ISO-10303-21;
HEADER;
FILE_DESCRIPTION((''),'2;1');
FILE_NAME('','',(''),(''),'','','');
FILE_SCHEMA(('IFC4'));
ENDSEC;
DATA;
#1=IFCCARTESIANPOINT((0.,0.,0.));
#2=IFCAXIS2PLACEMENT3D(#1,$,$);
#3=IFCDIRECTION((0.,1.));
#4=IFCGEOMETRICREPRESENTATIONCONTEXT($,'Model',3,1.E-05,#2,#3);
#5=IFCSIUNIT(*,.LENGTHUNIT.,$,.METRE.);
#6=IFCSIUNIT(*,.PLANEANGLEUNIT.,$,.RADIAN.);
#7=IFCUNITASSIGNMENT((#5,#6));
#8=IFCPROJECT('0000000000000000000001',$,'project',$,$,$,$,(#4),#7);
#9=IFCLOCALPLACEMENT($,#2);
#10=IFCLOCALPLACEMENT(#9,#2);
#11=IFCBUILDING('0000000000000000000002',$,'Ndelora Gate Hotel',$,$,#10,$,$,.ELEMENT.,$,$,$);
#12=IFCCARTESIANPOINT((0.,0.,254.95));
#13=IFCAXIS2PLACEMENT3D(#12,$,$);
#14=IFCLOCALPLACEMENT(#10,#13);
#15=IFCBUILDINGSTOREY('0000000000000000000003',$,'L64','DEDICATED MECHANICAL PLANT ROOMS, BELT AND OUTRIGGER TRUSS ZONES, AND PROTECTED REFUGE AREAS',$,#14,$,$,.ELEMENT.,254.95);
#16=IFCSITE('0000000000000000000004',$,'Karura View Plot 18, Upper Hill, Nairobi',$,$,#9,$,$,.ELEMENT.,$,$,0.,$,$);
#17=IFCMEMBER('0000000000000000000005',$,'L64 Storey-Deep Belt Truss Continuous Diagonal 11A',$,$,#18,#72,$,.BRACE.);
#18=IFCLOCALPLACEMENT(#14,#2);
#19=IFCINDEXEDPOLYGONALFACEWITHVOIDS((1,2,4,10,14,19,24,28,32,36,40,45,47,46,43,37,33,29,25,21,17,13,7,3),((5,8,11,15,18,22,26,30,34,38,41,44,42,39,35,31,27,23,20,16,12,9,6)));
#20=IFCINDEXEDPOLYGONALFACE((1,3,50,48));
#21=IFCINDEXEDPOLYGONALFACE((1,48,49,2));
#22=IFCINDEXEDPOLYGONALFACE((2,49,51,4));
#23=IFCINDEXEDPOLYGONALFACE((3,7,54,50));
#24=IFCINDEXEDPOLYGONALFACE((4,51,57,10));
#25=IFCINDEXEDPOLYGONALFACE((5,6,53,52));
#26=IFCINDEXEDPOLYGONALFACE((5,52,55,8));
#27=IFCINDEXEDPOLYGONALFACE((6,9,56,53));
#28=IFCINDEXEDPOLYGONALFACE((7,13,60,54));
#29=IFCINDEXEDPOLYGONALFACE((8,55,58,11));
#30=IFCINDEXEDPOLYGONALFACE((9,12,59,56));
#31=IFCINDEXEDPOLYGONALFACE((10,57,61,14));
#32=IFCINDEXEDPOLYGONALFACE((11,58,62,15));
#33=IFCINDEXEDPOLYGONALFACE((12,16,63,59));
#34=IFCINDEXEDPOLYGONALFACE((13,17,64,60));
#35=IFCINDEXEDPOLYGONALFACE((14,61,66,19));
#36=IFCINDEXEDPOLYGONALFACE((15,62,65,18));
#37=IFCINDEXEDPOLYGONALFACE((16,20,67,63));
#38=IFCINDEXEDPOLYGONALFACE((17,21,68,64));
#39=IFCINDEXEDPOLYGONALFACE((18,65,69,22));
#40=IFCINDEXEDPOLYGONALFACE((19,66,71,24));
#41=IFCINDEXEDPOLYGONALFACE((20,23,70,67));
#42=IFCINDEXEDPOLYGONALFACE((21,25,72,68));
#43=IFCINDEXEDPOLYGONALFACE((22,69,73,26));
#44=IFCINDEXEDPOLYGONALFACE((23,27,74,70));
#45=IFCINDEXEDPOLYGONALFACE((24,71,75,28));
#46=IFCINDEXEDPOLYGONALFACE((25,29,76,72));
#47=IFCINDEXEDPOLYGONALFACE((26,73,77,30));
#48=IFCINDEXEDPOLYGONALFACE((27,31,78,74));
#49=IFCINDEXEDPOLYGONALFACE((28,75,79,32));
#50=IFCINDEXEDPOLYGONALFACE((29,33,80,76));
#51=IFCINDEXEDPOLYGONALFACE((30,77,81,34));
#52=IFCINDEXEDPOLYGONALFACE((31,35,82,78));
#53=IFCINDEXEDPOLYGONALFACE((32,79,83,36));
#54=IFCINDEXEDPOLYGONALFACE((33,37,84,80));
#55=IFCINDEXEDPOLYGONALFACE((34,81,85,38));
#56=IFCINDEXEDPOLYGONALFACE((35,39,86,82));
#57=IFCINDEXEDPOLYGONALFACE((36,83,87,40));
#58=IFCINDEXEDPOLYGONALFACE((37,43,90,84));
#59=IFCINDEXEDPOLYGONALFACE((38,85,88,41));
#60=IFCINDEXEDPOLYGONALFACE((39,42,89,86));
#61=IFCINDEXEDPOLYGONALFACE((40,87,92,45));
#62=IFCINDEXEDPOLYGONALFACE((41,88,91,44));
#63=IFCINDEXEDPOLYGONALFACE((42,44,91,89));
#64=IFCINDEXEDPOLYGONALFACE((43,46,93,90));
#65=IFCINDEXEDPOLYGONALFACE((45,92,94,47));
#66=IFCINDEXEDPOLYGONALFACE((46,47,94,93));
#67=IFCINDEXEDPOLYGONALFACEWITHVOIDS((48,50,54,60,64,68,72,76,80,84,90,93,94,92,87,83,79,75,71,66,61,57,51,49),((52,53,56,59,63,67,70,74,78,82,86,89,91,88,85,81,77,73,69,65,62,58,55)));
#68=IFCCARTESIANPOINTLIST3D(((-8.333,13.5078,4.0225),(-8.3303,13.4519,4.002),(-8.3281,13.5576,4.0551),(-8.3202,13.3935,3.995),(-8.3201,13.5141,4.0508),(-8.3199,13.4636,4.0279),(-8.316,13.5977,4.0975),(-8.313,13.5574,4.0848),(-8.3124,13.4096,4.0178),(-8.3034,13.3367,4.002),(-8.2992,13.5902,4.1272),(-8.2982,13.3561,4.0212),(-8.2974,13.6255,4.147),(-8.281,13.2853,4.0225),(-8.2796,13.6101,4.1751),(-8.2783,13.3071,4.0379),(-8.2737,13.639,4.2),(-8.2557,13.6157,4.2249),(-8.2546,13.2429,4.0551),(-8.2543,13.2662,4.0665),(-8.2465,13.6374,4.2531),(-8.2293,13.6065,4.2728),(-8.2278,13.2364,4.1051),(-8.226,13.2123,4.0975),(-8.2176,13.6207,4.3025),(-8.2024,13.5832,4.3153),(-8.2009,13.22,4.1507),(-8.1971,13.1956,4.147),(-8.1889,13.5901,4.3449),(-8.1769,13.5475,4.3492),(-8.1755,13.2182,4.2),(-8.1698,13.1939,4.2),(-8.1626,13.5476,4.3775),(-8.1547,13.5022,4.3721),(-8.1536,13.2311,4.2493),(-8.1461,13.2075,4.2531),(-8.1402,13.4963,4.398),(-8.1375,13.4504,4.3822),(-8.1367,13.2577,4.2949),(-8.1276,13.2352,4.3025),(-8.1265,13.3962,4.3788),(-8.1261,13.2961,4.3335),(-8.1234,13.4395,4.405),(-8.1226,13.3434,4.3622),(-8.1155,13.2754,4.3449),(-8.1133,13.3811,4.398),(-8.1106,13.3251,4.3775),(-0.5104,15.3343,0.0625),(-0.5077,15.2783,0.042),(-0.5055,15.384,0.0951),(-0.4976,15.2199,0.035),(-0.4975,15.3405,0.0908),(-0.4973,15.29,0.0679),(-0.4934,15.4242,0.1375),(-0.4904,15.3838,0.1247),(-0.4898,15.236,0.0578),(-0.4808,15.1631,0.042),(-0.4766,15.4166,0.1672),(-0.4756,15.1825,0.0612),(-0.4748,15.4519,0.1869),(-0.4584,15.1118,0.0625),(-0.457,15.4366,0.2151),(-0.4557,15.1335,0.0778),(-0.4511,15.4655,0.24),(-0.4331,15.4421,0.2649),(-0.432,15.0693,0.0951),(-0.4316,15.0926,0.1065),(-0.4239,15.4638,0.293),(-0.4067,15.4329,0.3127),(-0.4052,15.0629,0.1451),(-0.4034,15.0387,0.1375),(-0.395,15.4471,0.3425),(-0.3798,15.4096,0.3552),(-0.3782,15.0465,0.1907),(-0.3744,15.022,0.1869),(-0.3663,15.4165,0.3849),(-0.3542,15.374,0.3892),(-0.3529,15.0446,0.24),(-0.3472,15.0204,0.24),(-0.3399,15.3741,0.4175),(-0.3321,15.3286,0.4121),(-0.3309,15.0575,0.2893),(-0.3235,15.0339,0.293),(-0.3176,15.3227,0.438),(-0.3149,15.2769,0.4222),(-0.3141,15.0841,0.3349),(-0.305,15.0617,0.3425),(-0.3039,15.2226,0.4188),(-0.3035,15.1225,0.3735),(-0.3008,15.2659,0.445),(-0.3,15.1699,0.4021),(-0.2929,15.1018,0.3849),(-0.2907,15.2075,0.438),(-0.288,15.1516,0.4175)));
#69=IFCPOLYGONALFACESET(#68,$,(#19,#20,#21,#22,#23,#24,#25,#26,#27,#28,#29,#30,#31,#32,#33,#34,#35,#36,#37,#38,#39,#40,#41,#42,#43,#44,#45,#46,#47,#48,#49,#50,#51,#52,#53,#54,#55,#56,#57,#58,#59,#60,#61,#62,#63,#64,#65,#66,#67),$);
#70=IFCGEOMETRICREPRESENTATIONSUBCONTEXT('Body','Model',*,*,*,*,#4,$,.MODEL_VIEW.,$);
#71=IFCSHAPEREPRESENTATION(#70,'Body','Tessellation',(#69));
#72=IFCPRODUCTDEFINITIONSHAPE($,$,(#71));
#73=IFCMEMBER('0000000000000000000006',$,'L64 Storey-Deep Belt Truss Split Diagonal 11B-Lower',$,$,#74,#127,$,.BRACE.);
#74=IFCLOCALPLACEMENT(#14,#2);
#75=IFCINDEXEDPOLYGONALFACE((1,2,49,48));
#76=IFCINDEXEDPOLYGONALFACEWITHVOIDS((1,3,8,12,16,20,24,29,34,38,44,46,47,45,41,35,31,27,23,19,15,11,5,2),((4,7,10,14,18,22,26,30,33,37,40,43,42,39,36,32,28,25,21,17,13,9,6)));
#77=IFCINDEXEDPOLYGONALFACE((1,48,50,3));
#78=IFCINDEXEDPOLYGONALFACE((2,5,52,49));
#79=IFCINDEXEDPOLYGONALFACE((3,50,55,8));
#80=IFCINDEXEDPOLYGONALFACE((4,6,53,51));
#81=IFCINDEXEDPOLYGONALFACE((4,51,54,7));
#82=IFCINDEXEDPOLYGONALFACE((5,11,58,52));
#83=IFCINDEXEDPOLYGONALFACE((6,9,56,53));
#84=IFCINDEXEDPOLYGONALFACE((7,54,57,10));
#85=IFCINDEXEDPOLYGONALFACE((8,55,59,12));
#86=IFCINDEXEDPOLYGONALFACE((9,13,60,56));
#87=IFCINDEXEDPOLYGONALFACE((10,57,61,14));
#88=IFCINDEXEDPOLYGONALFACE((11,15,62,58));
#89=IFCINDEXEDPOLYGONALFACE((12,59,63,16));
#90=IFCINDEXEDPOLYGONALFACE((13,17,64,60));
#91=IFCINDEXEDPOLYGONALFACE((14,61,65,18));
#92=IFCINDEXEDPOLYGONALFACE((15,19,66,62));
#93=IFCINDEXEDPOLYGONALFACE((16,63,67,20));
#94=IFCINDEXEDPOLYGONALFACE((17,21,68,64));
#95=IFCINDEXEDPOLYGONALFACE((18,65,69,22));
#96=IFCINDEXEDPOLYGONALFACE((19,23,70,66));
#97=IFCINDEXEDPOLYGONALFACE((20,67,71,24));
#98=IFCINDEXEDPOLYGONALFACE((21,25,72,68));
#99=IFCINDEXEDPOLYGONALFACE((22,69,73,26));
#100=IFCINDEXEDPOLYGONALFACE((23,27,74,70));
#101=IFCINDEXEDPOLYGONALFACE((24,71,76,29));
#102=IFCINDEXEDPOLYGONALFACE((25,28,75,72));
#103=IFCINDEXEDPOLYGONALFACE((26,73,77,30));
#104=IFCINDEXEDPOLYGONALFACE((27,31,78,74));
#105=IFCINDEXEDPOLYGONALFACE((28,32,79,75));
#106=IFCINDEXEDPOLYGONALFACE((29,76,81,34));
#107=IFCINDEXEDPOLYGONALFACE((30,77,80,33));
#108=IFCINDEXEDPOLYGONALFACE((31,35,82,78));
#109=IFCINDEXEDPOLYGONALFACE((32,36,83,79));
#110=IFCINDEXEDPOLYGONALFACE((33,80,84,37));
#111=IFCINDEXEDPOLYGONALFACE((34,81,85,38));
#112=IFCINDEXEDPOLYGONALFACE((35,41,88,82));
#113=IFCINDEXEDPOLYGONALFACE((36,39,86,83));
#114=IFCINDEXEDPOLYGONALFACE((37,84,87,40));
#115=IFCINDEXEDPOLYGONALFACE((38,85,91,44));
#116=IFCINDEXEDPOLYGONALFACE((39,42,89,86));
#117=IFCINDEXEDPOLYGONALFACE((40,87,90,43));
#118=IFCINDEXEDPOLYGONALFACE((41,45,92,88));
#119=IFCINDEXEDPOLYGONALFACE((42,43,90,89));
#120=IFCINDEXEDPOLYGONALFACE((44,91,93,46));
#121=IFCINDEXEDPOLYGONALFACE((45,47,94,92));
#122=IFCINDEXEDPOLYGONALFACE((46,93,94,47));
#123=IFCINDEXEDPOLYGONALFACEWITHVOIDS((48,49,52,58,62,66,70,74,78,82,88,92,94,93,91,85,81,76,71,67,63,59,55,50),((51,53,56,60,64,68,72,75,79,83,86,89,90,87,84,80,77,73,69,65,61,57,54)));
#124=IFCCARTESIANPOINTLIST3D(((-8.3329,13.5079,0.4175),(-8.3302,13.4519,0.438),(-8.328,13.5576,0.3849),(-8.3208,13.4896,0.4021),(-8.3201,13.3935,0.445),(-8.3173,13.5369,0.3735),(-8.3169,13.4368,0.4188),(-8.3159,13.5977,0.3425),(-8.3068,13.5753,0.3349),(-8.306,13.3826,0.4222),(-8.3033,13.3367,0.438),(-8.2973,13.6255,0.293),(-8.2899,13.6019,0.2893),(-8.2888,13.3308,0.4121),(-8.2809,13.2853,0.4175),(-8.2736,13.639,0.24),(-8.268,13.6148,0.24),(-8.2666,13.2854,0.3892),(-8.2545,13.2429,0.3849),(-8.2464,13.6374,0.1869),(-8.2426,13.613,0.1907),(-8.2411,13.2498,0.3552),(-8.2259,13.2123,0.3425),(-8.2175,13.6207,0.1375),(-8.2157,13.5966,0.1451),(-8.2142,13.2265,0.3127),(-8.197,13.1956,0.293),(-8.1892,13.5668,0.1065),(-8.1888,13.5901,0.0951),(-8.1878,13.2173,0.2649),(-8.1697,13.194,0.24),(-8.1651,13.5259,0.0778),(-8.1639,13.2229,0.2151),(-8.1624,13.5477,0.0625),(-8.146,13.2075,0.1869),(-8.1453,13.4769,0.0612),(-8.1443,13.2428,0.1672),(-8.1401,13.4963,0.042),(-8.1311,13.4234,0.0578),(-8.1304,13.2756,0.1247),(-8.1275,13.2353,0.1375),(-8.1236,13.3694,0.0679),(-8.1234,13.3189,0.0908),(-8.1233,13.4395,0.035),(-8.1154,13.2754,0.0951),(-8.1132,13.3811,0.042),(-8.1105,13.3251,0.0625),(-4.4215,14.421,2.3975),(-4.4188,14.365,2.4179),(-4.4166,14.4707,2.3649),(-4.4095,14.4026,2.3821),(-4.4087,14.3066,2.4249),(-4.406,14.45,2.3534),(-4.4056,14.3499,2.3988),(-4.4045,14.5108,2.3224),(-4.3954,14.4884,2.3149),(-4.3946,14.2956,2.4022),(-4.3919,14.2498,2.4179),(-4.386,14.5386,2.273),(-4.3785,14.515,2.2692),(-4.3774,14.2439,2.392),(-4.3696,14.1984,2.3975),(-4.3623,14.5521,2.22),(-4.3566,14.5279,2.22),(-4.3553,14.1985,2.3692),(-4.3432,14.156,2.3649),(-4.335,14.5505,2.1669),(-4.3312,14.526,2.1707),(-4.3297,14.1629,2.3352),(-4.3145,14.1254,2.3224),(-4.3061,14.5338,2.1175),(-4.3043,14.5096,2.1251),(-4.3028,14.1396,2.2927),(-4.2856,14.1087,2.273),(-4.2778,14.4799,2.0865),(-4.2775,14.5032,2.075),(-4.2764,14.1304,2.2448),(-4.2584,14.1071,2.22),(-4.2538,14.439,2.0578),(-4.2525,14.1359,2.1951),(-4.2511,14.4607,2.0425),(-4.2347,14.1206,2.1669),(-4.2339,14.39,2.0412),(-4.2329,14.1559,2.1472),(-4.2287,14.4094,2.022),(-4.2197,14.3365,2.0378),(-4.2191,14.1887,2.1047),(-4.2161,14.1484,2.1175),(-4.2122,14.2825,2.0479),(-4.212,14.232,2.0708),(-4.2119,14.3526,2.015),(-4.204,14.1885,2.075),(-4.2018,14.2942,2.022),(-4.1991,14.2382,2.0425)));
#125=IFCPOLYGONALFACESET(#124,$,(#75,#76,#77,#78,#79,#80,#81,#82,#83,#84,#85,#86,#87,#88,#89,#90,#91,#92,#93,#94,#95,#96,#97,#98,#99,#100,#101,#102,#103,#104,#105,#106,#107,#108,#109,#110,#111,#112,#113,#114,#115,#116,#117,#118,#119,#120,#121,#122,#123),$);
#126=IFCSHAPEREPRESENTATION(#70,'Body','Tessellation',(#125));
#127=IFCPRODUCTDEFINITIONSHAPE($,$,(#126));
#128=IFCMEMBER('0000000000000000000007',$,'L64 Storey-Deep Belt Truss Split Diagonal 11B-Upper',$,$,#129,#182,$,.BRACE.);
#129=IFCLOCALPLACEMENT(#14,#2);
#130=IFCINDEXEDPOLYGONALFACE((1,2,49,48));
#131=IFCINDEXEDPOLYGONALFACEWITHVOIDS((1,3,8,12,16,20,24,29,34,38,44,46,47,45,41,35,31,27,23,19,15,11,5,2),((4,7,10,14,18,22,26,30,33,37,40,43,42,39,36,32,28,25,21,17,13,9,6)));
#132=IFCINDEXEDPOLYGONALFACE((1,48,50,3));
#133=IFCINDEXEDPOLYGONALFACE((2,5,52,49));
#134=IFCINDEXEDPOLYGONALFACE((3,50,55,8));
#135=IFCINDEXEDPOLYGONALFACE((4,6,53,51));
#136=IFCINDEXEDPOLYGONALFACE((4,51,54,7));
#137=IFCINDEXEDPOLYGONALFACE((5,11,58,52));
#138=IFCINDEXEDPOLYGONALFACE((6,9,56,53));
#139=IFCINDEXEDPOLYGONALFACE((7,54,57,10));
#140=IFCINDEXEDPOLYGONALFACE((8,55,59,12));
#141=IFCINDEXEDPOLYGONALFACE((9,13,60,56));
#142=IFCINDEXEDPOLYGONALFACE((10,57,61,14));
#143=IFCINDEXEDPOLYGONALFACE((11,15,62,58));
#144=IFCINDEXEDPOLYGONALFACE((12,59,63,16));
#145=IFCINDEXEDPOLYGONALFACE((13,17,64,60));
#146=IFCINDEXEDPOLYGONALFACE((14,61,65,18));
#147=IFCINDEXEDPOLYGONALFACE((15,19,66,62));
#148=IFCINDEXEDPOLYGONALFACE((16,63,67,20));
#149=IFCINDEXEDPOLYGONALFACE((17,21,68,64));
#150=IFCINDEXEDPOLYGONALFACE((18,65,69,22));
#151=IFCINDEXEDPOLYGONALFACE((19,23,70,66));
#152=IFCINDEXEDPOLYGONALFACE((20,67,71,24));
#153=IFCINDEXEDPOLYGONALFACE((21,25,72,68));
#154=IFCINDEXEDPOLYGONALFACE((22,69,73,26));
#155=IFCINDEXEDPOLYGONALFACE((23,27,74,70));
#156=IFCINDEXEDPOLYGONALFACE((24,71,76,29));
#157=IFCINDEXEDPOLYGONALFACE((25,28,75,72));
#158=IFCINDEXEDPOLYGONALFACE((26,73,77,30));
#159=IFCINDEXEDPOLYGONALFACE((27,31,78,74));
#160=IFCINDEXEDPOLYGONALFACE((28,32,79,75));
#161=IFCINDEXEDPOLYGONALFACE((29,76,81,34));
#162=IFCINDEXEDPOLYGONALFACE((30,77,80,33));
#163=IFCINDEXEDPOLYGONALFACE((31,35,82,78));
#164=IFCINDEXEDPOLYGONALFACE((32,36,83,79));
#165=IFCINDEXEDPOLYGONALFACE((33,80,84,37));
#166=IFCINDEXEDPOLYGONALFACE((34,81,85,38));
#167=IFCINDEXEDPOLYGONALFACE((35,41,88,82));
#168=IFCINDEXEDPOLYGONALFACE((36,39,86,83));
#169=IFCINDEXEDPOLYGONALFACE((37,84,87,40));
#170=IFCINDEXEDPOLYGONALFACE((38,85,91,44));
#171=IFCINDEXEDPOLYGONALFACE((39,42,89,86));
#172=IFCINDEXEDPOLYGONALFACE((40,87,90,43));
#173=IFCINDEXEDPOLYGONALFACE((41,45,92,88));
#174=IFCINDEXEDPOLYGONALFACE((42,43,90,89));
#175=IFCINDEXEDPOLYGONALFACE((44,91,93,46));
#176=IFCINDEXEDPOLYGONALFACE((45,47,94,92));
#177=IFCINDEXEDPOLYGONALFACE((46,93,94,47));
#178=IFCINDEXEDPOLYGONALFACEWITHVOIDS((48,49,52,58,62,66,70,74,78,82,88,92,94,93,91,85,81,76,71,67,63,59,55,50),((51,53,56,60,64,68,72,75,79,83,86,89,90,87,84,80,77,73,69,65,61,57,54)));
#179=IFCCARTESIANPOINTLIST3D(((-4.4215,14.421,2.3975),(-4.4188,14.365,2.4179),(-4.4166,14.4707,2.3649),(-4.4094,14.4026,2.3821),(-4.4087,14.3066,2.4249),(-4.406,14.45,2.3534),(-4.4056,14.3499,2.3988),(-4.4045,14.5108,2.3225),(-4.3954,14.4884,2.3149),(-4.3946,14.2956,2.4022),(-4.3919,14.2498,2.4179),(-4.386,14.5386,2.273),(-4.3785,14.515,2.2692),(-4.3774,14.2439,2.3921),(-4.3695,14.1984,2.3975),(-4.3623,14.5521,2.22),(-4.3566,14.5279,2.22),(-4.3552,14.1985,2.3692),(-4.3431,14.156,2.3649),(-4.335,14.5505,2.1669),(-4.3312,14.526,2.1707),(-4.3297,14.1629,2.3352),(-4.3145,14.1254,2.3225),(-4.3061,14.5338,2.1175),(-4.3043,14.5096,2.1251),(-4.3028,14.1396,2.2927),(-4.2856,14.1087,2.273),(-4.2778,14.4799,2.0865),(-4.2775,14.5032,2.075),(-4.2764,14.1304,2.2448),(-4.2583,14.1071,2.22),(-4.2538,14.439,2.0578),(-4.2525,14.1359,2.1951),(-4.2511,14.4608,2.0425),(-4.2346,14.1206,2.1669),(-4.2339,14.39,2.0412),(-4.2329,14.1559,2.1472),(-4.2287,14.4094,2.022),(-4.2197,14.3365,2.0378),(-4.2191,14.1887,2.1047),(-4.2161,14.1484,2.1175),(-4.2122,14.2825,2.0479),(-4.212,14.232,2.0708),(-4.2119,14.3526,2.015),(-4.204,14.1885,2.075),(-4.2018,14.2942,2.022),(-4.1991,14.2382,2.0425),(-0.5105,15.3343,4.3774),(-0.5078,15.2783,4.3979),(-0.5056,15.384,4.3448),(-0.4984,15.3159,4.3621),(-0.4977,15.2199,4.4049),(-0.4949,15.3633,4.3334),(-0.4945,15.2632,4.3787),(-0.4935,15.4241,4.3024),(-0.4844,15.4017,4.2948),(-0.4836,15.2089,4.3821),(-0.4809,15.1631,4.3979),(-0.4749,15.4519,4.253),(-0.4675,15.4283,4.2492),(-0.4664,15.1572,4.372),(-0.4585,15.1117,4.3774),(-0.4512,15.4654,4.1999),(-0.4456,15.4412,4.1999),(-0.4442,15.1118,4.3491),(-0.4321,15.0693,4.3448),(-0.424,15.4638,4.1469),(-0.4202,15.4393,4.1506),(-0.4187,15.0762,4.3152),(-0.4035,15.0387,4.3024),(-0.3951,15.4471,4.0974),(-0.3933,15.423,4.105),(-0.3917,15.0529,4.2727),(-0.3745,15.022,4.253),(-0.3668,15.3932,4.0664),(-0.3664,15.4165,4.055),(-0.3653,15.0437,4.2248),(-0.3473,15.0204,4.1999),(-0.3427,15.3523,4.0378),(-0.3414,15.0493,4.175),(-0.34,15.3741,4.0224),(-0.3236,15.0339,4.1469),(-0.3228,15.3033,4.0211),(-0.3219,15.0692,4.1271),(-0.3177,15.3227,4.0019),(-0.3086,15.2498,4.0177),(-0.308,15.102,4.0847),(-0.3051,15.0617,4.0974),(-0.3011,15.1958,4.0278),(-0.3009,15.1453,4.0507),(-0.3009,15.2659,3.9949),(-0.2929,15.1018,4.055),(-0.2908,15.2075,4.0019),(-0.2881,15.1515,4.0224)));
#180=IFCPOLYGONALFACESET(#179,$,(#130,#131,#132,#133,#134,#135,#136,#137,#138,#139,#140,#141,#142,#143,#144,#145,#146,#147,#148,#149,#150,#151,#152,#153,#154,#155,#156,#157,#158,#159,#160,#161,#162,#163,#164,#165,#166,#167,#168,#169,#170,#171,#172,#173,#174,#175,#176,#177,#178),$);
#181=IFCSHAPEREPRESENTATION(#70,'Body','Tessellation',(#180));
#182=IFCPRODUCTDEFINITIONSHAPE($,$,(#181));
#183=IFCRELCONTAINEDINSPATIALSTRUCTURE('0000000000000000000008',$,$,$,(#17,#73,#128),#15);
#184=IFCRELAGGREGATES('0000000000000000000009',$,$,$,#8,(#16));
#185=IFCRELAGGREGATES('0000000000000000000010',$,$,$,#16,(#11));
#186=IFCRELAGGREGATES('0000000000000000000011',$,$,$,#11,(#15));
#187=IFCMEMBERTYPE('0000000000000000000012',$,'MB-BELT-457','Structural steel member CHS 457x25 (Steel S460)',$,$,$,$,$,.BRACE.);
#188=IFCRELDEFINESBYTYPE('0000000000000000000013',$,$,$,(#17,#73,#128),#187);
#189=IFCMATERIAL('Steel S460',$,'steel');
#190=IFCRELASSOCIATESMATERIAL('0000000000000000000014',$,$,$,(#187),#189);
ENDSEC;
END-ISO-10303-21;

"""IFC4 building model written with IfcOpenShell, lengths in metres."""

from ifc_helpers import new_model, si_unit, direction, frame, origin, origin_2d, place, context, subcontext, project, spatial, hollow_circle, extrude, material, material_profile, profile_set, type_object, element, save


model = new_model("IFC4")

# Units and contexts
model_context = context("Model", 3, precision=1e-05, world=origin(), true_north=direction((0.0, 1.0)))
body_context = subcontext(model_context, "Body", "Model", "MODEL_VIEW")
ifc_project = project(units=[si_unit("LENGTHUNIT", "METRE"), si_unit("PLANEANGLEUNIT", "RADIAN")], contexts=[model_context])

# Site, building, storey
site_placement = place(None, origin())
site = spatial("IfcSite", under=ifc_project, at=site_placement, Name="Karura View Plot 18, Upper Hill, Nairobi", CompositionType="ELEMENT", RefElevation=0.0)
building_placement = place(site_placement, origin())
building = spatial("IfcBuilding", under=site, at=building_placement, Name="Ndelora Gate Hotel", CompositionType="ELEMENT")
storey_placement = place(building_placement, frame((0.0, 0.0, 254.95)))
storey = spatial("IfcBuildingStorey", under=building, at=storey_placement, Name="L64", Description="DEDICATED MECHANICAL PLANT ROOMS, BELT AND OUTRIGGER TRUSS ZONES, AND PROTECTED REFUGE AREAS", CompositionType="ELEMENT", Elevation=254.95)

# Shared definitions
ifc_material_1 = material(Name="Steel S460", Category="steel")

# Members
ifc_material_profile_1 = material_profile(ifc_material_1, hollow_circle(Radius=0.2285, WallThickness=0.0249, at=origin_2d()), Name="CHS 457x25")
ifc_profile_set_1 = profile_set([ifc_material_profile_1], Name="Steel S460")
member_type_1 = type_object("IfcMemberType", Name="MB-BELT-457", Description="Structural steel member CHS 457x25 (Steel S460)", PredefinedType="BRACE", material=ifc_profile_set_1)
member_1_placement = place(storey_placement, frame((-0.3992, 15.2429, 0.24), z_axis=(-0.873444, -0.203934, 0.442161), x_axis=(0.227367, -0.973809, 0.0)))
element("IfcMember", 1, at=member_1_placement, inside=storey, type_object=member_type_1, Name="L64 Storey-Deep Belt Truss Continuous Diagonal 11A", PredefinedType="BRACE", context=body_context, shape_type="SweptSolid", body=[
    extrude(hollow_circle(Radius=0.2285, WallThickness=0.0249, at=origin_2d()), origin(), (0.0, 0.0, 1.0), 8.9561),
])
member_2_placement = place(storey_placement, frame((-8.2217, 13.4165, 0.24), z_axis=(0.873456, 0.203903, 0.442153), x_axis=(-0.227331, 0.973817, 0.0)))
element("IfcMember", 2, at=member_2_placement, inside=storey, type_object=member_type_1, Name="L64 Storey-Deep Belt Truss Split Diagonal 11B-Lower", PredefinedType="BRACE", context=body_context, shape_type="SweptSolid", body=[
    extrude(hollow_circle(Radius=0.2285, WallThickness=0.0249, at=origin_2d()), origin(), (0.0, 0.0, 1.0), 4.478),
])
member_3_placement = place(storey_placement, frame((-4.3103, 14.3296, 2.22), z_axis=(0.873433, 0.203965, 0.442169), x_axis=(-0.227403, 0.973801, 0.0)))
element("IfcMember", 3, at=member_3_placement, inside=storey, type_object=member_type_1, Name="L64 Storey-Deep Belt Truss Split Diagonal 11B-Upper", PredefinedType="BRACE", context=body_context, shape_type="SweptSolid", body=[
    extrude(hollow_circle(Radius=0.2285, WallThickness=0.0249, at=origin_2d()), origin(), (0.0, 0.0, 1.0), 4.4778),
])

save(model, "model.ifc")
